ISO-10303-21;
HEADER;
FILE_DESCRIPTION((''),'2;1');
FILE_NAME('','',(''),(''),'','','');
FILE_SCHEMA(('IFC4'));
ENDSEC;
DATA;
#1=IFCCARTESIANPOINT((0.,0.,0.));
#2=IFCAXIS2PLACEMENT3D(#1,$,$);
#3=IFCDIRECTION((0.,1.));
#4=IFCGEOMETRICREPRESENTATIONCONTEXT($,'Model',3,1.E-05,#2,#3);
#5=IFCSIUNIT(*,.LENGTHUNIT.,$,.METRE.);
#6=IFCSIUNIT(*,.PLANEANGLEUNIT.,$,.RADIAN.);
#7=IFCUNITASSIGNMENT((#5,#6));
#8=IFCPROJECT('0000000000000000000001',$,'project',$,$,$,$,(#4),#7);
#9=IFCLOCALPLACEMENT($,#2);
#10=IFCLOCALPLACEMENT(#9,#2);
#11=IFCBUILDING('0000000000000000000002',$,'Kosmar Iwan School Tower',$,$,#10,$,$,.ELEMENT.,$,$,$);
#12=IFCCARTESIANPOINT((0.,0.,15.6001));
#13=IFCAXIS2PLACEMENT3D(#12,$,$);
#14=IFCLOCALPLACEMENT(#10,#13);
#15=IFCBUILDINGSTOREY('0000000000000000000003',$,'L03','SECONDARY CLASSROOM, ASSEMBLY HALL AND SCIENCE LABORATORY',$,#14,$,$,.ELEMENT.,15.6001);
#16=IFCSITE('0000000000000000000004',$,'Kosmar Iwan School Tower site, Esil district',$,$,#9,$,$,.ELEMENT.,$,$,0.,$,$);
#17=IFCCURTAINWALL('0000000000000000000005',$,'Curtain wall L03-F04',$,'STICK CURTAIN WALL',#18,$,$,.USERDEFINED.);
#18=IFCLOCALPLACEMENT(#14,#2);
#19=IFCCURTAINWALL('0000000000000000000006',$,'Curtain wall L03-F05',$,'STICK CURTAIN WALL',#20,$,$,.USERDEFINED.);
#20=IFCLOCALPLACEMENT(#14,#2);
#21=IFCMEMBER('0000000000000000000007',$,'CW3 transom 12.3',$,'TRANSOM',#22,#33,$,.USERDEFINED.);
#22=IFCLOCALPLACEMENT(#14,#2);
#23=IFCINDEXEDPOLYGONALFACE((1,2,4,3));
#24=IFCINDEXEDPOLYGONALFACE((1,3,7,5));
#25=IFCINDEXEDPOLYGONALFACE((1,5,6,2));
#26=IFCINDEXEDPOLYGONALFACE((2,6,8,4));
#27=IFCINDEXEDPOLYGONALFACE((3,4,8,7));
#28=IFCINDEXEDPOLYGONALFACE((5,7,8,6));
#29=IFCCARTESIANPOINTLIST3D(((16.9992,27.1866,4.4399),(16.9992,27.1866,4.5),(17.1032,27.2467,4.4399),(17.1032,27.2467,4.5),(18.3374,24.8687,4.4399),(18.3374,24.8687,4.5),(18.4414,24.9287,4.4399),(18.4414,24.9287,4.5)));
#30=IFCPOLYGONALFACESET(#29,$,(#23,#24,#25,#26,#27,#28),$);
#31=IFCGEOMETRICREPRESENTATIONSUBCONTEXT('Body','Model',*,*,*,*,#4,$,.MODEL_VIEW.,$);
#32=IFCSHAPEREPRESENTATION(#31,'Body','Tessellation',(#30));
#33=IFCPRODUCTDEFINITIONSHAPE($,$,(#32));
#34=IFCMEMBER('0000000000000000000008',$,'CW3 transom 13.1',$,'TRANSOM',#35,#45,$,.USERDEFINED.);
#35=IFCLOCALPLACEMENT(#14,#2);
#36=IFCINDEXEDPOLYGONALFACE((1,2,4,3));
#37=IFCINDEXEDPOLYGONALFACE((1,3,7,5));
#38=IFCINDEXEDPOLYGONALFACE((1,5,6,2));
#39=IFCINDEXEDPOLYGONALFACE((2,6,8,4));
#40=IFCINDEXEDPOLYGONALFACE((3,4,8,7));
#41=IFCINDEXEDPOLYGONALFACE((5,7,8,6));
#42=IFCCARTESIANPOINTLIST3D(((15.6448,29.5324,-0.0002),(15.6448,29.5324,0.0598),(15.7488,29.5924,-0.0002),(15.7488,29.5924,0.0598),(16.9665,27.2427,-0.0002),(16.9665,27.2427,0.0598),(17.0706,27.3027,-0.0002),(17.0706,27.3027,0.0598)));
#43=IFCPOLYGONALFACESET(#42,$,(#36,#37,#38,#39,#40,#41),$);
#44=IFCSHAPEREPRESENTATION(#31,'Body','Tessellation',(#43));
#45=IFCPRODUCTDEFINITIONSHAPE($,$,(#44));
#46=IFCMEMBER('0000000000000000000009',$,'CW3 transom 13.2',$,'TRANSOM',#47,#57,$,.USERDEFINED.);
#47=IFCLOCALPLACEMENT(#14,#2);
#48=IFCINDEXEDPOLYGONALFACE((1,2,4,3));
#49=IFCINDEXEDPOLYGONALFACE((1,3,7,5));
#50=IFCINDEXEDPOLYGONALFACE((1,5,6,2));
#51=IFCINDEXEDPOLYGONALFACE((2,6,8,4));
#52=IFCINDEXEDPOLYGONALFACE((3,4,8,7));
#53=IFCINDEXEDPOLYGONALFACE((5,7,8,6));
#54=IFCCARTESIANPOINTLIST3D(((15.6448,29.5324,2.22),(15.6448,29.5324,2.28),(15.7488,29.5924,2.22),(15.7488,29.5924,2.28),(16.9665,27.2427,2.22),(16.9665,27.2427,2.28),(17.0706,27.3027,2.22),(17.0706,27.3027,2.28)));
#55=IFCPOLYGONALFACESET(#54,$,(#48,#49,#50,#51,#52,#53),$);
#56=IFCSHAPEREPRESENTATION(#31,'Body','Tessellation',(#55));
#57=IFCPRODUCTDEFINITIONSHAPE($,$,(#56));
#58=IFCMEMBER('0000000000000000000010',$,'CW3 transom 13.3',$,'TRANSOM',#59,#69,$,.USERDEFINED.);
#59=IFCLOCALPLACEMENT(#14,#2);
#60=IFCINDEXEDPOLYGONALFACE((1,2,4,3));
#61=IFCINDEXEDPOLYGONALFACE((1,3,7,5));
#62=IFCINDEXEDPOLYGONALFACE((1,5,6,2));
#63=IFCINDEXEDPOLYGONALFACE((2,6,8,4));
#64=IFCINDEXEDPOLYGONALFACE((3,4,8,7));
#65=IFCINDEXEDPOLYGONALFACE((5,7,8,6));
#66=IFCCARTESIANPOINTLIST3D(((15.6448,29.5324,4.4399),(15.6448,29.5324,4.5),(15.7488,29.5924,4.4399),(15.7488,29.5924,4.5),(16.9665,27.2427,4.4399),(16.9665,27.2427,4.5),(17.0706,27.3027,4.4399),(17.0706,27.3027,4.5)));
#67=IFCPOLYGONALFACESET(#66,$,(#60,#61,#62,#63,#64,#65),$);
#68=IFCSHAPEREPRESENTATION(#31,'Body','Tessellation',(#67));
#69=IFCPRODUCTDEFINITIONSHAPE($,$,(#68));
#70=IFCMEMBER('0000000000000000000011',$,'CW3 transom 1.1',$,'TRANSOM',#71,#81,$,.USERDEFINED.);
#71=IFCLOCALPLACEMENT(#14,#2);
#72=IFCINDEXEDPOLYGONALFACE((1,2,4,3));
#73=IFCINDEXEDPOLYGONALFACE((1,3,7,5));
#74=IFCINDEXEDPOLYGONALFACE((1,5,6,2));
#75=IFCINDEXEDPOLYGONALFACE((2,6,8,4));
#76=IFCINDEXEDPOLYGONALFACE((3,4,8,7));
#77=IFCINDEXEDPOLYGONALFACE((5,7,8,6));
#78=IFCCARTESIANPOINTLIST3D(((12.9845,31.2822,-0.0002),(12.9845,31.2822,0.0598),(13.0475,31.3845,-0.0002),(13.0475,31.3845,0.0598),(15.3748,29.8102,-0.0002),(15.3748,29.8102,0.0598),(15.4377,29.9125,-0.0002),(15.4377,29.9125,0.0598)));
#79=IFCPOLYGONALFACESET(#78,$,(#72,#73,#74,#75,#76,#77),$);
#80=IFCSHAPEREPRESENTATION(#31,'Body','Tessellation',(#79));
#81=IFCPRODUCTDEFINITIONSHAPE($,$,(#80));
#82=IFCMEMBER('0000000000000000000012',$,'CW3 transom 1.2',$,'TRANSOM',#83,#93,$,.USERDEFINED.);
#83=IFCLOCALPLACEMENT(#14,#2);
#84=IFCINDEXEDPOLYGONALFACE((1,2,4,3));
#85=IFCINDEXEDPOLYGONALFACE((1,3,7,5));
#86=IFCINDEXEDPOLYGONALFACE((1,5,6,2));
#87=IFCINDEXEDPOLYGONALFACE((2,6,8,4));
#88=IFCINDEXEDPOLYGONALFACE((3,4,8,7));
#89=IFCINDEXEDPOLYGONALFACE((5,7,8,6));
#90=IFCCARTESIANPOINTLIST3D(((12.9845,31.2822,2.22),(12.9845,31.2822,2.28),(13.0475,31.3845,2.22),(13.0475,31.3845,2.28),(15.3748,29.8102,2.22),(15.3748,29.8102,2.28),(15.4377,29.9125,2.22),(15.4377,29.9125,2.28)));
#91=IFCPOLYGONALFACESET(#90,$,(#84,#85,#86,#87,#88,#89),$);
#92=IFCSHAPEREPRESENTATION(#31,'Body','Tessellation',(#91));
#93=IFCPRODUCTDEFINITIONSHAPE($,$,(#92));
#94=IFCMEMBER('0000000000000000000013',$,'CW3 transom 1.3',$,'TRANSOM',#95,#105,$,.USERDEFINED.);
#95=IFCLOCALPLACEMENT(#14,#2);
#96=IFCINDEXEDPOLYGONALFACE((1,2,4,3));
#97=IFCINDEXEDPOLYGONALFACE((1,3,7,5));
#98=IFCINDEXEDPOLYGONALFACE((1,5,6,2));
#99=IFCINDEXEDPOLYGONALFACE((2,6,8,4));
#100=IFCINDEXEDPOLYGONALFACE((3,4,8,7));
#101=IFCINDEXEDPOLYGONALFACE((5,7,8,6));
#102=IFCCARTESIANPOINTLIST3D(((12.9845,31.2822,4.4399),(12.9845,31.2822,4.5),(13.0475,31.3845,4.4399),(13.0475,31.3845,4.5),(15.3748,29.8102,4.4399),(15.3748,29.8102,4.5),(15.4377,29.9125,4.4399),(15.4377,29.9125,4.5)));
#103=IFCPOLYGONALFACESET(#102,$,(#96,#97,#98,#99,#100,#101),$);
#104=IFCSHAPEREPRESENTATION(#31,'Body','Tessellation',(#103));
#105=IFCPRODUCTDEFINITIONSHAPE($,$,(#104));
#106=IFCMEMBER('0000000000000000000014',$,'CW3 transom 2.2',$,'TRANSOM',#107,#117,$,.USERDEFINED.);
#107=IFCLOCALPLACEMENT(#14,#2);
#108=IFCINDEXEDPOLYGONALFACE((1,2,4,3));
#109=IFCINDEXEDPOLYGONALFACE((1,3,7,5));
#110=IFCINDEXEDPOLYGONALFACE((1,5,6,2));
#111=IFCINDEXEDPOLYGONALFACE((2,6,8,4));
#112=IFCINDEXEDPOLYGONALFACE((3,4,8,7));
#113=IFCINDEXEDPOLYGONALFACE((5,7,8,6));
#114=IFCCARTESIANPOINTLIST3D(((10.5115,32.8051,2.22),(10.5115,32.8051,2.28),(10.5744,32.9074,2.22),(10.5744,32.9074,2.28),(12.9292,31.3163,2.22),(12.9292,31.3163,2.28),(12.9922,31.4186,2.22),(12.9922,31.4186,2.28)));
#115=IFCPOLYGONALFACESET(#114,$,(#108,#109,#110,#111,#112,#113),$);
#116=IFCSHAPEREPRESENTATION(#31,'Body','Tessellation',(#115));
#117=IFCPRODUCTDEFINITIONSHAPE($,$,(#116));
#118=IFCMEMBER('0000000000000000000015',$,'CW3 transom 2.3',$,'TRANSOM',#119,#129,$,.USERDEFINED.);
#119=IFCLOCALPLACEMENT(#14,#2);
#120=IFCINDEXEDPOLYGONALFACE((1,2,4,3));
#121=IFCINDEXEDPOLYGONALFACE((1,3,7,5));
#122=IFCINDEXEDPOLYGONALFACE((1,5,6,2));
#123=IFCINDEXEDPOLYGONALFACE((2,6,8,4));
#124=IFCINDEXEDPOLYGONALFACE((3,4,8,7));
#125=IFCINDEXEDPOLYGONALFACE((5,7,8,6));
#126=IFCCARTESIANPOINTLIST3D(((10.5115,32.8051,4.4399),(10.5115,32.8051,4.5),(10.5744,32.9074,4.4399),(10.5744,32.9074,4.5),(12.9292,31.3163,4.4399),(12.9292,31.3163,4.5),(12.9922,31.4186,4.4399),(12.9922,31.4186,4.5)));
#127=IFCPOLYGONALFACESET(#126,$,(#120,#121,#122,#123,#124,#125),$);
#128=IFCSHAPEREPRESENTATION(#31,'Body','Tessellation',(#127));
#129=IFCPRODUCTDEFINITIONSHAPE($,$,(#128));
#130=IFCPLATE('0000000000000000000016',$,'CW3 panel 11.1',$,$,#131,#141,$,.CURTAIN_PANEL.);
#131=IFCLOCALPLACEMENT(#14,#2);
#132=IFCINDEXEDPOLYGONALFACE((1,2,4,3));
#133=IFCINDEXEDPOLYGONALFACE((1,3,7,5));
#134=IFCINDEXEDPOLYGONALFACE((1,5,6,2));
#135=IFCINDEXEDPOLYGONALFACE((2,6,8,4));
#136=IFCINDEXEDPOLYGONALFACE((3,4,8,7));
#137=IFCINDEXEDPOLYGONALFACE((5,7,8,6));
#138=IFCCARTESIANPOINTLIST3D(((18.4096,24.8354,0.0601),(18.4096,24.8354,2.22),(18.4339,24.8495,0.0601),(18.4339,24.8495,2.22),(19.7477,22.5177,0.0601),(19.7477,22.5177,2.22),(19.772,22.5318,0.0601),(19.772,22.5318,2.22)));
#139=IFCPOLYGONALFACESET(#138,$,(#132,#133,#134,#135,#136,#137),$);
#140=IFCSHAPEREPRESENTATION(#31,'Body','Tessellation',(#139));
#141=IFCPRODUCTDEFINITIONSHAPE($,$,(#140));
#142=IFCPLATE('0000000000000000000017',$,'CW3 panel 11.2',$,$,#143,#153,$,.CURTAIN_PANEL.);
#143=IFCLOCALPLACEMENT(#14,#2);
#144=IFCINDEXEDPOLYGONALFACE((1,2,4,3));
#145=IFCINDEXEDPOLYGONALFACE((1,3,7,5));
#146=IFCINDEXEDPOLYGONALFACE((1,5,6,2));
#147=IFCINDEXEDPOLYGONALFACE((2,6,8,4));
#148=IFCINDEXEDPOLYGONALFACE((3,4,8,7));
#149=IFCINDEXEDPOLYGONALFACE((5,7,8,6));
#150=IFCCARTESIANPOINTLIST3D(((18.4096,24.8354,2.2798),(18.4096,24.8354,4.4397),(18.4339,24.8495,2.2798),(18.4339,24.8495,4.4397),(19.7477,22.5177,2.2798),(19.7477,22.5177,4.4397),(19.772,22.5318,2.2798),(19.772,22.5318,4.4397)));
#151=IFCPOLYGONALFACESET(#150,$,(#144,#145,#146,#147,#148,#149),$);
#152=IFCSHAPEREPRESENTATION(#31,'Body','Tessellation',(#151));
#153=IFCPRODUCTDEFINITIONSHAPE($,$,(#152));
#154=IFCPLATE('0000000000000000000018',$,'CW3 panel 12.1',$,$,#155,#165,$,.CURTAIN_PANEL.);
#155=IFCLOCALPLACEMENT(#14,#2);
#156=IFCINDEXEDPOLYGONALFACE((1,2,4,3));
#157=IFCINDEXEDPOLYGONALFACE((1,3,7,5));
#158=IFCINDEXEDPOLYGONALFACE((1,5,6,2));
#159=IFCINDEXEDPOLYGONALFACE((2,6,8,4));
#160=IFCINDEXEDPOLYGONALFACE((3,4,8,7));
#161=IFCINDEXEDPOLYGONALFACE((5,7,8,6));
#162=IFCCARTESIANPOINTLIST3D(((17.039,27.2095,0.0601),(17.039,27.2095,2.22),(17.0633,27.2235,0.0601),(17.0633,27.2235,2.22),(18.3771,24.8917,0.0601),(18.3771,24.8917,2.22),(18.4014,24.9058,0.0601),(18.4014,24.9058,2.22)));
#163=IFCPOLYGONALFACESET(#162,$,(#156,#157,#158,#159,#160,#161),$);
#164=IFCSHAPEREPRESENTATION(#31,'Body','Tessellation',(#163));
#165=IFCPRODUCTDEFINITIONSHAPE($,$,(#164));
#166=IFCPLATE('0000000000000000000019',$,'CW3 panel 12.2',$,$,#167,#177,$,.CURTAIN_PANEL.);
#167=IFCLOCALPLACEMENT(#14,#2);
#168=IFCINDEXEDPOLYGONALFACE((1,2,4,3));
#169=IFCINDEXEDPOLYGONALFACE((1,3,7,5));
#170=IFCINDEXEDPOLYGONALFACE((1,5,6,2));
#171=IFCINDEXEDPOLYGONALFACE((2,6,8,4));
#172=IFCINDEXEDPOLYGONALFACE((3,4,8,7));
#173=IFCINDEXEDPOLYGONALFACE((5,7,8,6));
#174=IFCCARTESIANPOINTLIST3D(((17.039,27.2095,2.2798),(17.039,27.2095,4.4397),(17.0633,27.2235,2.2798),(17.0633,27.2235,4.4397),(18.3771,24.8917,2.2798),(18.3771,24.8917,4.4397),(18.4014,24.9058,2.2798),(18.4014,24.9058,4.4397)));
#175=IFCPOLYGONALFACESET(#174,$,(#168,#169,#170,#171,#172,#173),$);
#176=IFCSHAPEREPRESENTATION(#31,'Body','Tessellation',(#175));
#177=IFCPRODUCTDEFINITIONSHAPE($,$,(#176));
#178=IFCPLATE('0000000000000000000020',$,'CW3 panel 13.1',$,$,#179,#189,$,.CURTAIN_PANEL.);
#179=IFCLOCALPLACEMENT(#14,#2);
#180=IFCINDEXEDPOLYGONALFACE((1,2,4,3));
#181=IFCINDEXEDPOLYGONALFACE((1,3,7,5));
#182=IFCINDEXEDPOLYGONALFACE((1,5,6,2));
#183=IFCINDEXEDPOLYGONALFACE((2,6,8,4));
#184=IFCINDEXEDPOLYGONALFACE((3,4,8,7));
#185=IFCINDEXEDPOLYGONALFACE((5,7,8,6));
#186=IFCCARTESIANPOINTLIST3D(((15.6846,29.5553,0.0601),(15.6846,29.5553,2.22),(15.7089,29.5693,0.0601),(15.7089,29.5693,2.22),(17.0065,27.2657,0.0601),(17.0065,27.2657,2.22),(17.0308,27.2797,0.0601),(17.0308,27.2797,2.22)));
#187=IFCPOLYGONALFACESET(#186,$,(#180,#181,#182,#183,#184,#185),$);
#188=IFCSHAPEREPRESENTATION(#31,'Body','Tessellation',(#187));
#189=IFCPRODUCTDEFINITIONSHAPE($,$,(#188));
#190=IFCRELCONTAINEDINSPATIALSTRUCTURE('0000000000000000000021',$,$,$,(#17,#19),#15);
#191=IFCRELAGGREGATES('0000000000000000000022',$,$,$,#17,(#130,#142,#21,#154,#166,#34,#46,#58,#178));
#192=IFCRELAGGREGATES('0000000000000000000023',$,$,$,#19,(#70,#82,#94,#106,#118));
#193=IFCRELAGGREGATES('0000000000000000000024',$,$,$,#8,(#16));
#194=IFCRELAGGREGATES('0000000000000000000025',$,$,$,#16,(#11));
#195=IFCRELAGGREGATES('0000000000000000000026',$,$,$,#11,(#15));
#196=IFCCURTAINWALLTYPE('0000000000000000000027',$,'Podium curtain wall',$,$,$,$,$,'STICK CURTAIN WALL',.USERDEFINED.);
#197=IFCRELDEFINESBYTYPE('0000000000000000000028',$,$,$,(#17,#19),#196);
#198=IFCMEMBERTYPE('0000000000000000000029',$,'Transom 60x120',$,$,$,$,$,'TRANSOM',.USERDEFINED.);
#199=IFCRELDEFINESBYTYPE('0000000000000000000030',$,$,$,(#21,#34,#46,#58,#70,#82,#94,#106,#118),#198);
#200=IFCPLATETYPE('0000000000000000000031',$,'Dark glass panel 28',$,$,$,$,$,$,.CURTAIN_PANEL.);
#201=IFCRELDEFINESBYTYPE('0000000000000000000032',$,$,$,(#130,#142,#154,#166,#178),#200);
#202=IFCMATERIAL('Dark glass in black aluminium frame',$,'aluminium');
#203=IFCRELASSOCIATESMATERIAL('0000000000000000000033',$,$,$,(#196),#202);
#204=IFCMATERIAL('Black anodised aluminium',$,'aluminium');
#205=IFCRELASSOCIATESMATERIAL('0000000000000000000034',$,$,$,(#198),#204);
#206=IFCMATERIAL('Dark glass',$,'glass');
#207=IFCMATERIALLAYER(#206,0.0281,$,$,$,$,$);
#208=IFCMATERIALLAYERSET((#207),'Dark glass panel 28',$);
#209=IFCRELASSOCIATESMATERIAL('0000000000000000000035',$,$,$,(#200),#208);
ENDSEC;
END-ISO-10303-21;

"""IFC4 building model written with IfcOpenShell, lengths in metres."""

from ifc_helpers import new_model, si_unit, direction, frame, origin, origin_2d, place, context, subcontext, project, spatial, rectangle, extrude, material, layer, layer_set, material_profile, profile_set, type_object, element, aggregate, save


model = new_model("IFC4")

# Units and contexts
model_context = context("Model", 3, precision=1e-05, world=origin(), true_north=direction((0.0, 1.0)))
body_context = subcontext(model_context, "Body", "Model", "MODEL_VIEW")
ifc_project = project(units=[si_unit("LENGTHUNIT", "METRE"), si_unit("PLANEANGLEUNIT", "RADIAN")], contexts=[model_context])

# Site, building, storey
site_placement = place(None, origin())
site = spatial("IfcSite", under=ifc_project, at=site_placement, Name="Kosmar Iwan School Tower site, Esil district", CompositionType="ELEMENT", RefElevation=0.0)
building_placement = place(site_placement, origin())
building = spatial("IfcBuilding", under=site, at=building_placement, Name="Kosmar Iwan School Tower", CompositionType="ELEMENT")
storey_placement = place(building_placement, frame((0.0, 0.0, 15.6001)))
storey = spatial("IfcBuildingStorey", under=building, at=storey_placement, Name="L03", Description="SECONDARY CLASSROOM, ASSEMBLY HALL AND SCIENCE LABORATORY", CompositionType="ELEMENT", Elevation=15.6001)

# Curtain walls
ifc_material_1 = material(Name="Dark glass in black aluminium frame", Category="aluminium")
curtain_wall_type = type_object("IfcCurtainWallType", Name="Podium curtain wall", ElementType="STICK CURTAIN WALL", PredefinedType="USERDEFINED", material=ifc_material_1)
curtain_wall_1_placement = place(storey_placement, origin())
curtain_wall_1 = element("IfcCurtainWall", 1, at=curtain_wall_1_placement, inside=storey, type_object=curtain_wall_type, Name="Curtain wall L03-F04", ObjectType="STICK CURTAIN WALL", PredefinedType="USERDEFINED")
curtain_wall_2_placement = place(storey_placement, origin())
curtain_wall_2 = element("IfcCurtainWall", 2, at=curtain_wall_2_placement, inside=storey, type_object=curtain_wall_type, Name="Curtain wall L03-F05", ObjectType="STICK CURTAIN WALL", PredefinedType="USERDEFINED")

# Members
ifc_material_2 = material(Name="Black anodised aluminium", Category="aluminium")
ifc_material_profile_1 = material_profile(ifc_material_2, rectangle(XDim=0.1201, YDim=0.0601, at=origin_2d()), Name="TRANSOM 60x120")
ifc_profile_set_1 = profile_set([ifc_material_profile_1], Name="Black anodised aluminium")
member_type_1 = type_object("IfcMemberType", Name="Transom 60x120", ElementType="TRANSOM", PredefinedType="USERDEFINED", material=ifc_profile_set_1)
member_1_placement = place(storey_placement, frame((18.3894, 24.8987, 4.47), z_axis=(-0.499975, 0.86604, 0.0), x_axis=(-0.86604, -0.499975, 0.0)))
member_1 = element("IfcMember", 3, at=member_1_placement, type_object=member_type_1, Name="CW3 transom 12.3", ObjectType="TRANSOM", PredefinedType="USERDEFINED", context=body_context, shape_type="SweptSolid", body=[
    extrude(rectangle(XDim=0.1201, YDim=0.0601, at=origin_2d()), origin(), (0.0, 0.0, 1.0), 2.6765),
])
member_2_placement = place(storey_placement, frame((17.0186, 27.2727, 0.0298), z_axis=(-0.499933, 0.866064, 0.0), x_axis=(-0.866064, -0.499933, 0.0)))
member_2 = element("IfcMember", 4, at=member_2_placement, type_object=member_type_1, Name="CW3 transom 13.1", ObjectType="TRANSOM", PredefinedType="USERDEFINED", context=body_context, shape_type="SweptSolid", body=[
    extrude(rectangle(XDim=0.1201, YDim=0.0601, at=origin_2d()), origin(), (0.0, 0.0, 1.0), 2.6438),
])
member_3_placement = place(storey_placement, frame((17.0186, 27.2727, 2.25), z_axis=(-0.499933, 0.866064, 0.0), x_axis=(-0.866064, -0.499933, 0.0)))
member_3 = element("IfcMember", 5, at=member_3_placement, type_object=member_type_1, Name="CW3 transom 13.2", ObjectType="TRANSOM", PredefinedType="USERDEFINED", context=body_context, shape_type="SweptSolid", body=[
    extrude(rectangle(XDim=0.1201, YDim=0.0601, at=origin_2d()), origin(), (0.0, 0.0, 1.0), 2.6438),
])
member_4_placement = place(storey_placement, frame((17.0186, 27.2727, 4.47), z_axis=(-0.499933, 0.866064, 0.0), x_axis=(-0.866064, -0.499933, 0.0)))
member_4 = element("IfcMember", 6, at=member_4_placement, type_object=member_type_1, Name="CW3 transom 13.3", ObjectType="TRANSOM", PredefinedType="USERDEFINED", context=body_context, shape_type="SweptSolid", body=[
    extrude(rectangle(XDim=0.1201, YDim=0.0601, at=origin_2d()), origin(), (0.0, 0.0, 1.0), 2.6438),
])
member_5_placement = place(storey_placement, frame((15.4062, 29.8613, 0.0298), z_axis=(-0.851488, 0.524374, 0.0), x_axis=(-0.524374, -0.851488, 0.0)))
member_5 = element("IfcMember", 7, at=member_5_placement, type_object=member_type_1, Name="CW3 transom 1.1", ObjectType="TRANSOM", PredefinedType="USERDEFINED", context=body_context, shape_type="SweptSolid", body=[
    extrude(rectangle(XDim=0.1201, YDim=0.0601, at=origin_2d()), origin(), (0.0, 0.0, 1.0), 2.8071),
])
member_6_placement = place(storey_placement, frame((15.4062, 29.8613, 2.25), z_axis=(-0.851488, 0.524374, 0.0), x_axis=(-0.524374, -0.851488, 0.0)))
member_6 = element("IfcMember", 8, at=member_6_placement, type_object=member_type_1, Name="CW3 transom 1.2", ObjectType="TRANSOM", PredefinedType="USERDEFINED", context=body_context, shape_type="SweptSolid", body=[
    extrude(rectangle(XDim=0.1201, YDim=0.0601, at=origin_2d()), origin(), (0.0, 0.0, 1.0), 2.8071),
])
member_7_placement = place(storey_placement, frame((15.4062, 29.8613, 4.47), z_axis=(-0.851488, 0.524374, 0.0), x_axis=(-0.524374, -0.851488, 0.0)))
member_7 = element("IfcMember", 9, at=member_7_placement, type_object=member_type_1, Name="CW3 transom 1.3", ObjectType="TRANSOM", PredefinedType="USERDEFINED", context=body_context, shape_type="SweptSolid", body=[
    extrude(rectangle(XDim=0.1201, YDim=0.0601, at=origin_2d()), origin(), (0.0, 0.0, 1.0), 2.8071),
])
member_8_placement = place(storey_placement, frame((12.9607, 31.3674, 2.25), z_axis=(-0.851511, 0.524337, 0.0), x_axis=(-0.524337, -0.851511, 0.0)))
member_8 = element("IfcMember", 10, at=member_8_placement, type_object=member_type_1, Name="CW3 transom 2.2", ObjectType="TRANSOM", PredefinedType="USERDEFINED", context=body_context, shape_type="SweptSolid", body=[
    extrude(rectangle(XDim=0.1201, YDim=0.0601, at=origin_2d()), origin(), (0.0, 0.0, 1.0), 2.8394),
])
member_9_placement = place(storey_placement, frame((12.9607, 31.3674, 4.47), z_axis=(-0.851511, 0.524337, 0.0), x_axis=(-0.524337, -0.851511, 0.0)))
member_9 = element("IfcMember", 11, at=member_9_placement, type_object=member_type_1, Name="CW3 transom 2.3", ObjectType="TRANSOM", PredefinedType="USERDEFINED", context=body_context, shape_type="SweptSolid", body=[
    extrude(rectangle(XDim=0.1201, YDim=0.0601, at=origin_2d()), origin(), (0.0, 0.0, 1.0), 2.8394),
])

# Plates
ifc_material_3 = material(Name="Dark glass", Category="glass")
ifc_layer = layer(ifc_material_3, 0.0281)
ifc_layer_set = layer_set([ifc_layer], Name="Dark glass panel 28")
plate_type = type_object("IfcPlateType", Name="Dark glass panel 28", PredefinedType="CURTAIN_PANEL", material=ifc_layer_set)
plate_1_placement = place(storey_placement, frame((19.0908, 23.6836, 0.0601), z_axis=(0.0, 0.0, 1.0), x_axis=(-0.5, 0.866025, 0.0)))
plate_1 = element("IfcPlate", 12, at=plate_1_placement, type_object=plate_type, Name="CW3 panel 11.1", PredefinedType="CURTAIN_PANEL", context=body_context, shape_type="SweptSolid", body=[
    extrude(rectangle(XDim=2.6763, YDim=0.0281, at=origin_2d()), origin(), (0.0, 0.0, 1.0), 2.1599),
])
plate_2_placement = place(storey_placement, frame((19.0908, 23.6836, 2.2798), z_axis=(0.0, 0.0, 1.0), x_axis=(-0.5, 0.866025, 0.0)))
plate_2 = element("IfcPlate", 13, at=plate_2_placement, type_object=plate_type, Name="CW3 panel 11.2", PredefinedType="CURTAIN_PANEL", context=body_context, shape_type="SweptSolid", body=[
    extrude(rectangle(XDim=2.6763, YDim=0.0281, at=origin_2d()), origin(), (0.0, 0.0, 1.0), 2.1599),
])
plate_3_placement = place(storey_placement, frame((17.7202, 26.0576, 0.0601), z_axis=(0.0, 0.0, 1.0), x_axis=(-0.5, 0.866025, 0.0)))
plate_3 = element("IfcPlate", 14, at=plate_3_placement, type_object=plate_type, Name="CW3 panel 12.1", PredefinedType="CURTAIN_PANEL", context=body_context, shape_type="SweptSolid", body=[
    extrude(rectangle(XDim=2.6763, YDim=0.0281, at=origin_2d()), origin(), (0.0, 0.0, 1.0), 2.1599),
])
plate_4_placement = place(storey_placement, frame((17.7202, 26.0576, 2.2798), z_axis=(0.0, 0.0, 1.0), x_axis=(-0.5, 0.866025, 0.0)))
plate_4 = element("IfcPlate", 15, at=plate_4_placement, type_object=plate_type, Name="CW3 panel 12.2", PredefinedType="CURTAIN_PANEL", context=body_context, shape_type="SweptSolid", body=[
    extrude(rectangle(XDim=2.6763, YDim=0.0281, at=origin_2d()), origin(), (0.0, 0.0, 1.0), 2.1599),
])
plate_5_placement = place(storey_placement, frame((16.3577, 28.4175, 0.0601), z_axis=(0.0, 0.0, 1.0), x_axis=(-0.5, 0.866025, 0.0)))
plate_5 = element("IfcPlate", 16, at=plate_5_placement, type_object=plate_type, Name="CW3 panel 13.1", PredefinedType="CURTAIN_PANEL", context=body_context, shape_type="SweptSolid", body=[
    extrude(rectangle(XDim=2.6438, YDim=0.0281, at=origin_2d()), origin(), (0.0, 0.0, 1.0), 2.1599),
])
aggregate(curtain_wall_1, [plate_1, plate_2, member_1, plate_3, plate_4, member_2, member_3, member_4, plate_5])
aggregate(curtain_wall_2, [member_5, member_6, member_7, member_8, member_9])

save(model, "model.ifc")
